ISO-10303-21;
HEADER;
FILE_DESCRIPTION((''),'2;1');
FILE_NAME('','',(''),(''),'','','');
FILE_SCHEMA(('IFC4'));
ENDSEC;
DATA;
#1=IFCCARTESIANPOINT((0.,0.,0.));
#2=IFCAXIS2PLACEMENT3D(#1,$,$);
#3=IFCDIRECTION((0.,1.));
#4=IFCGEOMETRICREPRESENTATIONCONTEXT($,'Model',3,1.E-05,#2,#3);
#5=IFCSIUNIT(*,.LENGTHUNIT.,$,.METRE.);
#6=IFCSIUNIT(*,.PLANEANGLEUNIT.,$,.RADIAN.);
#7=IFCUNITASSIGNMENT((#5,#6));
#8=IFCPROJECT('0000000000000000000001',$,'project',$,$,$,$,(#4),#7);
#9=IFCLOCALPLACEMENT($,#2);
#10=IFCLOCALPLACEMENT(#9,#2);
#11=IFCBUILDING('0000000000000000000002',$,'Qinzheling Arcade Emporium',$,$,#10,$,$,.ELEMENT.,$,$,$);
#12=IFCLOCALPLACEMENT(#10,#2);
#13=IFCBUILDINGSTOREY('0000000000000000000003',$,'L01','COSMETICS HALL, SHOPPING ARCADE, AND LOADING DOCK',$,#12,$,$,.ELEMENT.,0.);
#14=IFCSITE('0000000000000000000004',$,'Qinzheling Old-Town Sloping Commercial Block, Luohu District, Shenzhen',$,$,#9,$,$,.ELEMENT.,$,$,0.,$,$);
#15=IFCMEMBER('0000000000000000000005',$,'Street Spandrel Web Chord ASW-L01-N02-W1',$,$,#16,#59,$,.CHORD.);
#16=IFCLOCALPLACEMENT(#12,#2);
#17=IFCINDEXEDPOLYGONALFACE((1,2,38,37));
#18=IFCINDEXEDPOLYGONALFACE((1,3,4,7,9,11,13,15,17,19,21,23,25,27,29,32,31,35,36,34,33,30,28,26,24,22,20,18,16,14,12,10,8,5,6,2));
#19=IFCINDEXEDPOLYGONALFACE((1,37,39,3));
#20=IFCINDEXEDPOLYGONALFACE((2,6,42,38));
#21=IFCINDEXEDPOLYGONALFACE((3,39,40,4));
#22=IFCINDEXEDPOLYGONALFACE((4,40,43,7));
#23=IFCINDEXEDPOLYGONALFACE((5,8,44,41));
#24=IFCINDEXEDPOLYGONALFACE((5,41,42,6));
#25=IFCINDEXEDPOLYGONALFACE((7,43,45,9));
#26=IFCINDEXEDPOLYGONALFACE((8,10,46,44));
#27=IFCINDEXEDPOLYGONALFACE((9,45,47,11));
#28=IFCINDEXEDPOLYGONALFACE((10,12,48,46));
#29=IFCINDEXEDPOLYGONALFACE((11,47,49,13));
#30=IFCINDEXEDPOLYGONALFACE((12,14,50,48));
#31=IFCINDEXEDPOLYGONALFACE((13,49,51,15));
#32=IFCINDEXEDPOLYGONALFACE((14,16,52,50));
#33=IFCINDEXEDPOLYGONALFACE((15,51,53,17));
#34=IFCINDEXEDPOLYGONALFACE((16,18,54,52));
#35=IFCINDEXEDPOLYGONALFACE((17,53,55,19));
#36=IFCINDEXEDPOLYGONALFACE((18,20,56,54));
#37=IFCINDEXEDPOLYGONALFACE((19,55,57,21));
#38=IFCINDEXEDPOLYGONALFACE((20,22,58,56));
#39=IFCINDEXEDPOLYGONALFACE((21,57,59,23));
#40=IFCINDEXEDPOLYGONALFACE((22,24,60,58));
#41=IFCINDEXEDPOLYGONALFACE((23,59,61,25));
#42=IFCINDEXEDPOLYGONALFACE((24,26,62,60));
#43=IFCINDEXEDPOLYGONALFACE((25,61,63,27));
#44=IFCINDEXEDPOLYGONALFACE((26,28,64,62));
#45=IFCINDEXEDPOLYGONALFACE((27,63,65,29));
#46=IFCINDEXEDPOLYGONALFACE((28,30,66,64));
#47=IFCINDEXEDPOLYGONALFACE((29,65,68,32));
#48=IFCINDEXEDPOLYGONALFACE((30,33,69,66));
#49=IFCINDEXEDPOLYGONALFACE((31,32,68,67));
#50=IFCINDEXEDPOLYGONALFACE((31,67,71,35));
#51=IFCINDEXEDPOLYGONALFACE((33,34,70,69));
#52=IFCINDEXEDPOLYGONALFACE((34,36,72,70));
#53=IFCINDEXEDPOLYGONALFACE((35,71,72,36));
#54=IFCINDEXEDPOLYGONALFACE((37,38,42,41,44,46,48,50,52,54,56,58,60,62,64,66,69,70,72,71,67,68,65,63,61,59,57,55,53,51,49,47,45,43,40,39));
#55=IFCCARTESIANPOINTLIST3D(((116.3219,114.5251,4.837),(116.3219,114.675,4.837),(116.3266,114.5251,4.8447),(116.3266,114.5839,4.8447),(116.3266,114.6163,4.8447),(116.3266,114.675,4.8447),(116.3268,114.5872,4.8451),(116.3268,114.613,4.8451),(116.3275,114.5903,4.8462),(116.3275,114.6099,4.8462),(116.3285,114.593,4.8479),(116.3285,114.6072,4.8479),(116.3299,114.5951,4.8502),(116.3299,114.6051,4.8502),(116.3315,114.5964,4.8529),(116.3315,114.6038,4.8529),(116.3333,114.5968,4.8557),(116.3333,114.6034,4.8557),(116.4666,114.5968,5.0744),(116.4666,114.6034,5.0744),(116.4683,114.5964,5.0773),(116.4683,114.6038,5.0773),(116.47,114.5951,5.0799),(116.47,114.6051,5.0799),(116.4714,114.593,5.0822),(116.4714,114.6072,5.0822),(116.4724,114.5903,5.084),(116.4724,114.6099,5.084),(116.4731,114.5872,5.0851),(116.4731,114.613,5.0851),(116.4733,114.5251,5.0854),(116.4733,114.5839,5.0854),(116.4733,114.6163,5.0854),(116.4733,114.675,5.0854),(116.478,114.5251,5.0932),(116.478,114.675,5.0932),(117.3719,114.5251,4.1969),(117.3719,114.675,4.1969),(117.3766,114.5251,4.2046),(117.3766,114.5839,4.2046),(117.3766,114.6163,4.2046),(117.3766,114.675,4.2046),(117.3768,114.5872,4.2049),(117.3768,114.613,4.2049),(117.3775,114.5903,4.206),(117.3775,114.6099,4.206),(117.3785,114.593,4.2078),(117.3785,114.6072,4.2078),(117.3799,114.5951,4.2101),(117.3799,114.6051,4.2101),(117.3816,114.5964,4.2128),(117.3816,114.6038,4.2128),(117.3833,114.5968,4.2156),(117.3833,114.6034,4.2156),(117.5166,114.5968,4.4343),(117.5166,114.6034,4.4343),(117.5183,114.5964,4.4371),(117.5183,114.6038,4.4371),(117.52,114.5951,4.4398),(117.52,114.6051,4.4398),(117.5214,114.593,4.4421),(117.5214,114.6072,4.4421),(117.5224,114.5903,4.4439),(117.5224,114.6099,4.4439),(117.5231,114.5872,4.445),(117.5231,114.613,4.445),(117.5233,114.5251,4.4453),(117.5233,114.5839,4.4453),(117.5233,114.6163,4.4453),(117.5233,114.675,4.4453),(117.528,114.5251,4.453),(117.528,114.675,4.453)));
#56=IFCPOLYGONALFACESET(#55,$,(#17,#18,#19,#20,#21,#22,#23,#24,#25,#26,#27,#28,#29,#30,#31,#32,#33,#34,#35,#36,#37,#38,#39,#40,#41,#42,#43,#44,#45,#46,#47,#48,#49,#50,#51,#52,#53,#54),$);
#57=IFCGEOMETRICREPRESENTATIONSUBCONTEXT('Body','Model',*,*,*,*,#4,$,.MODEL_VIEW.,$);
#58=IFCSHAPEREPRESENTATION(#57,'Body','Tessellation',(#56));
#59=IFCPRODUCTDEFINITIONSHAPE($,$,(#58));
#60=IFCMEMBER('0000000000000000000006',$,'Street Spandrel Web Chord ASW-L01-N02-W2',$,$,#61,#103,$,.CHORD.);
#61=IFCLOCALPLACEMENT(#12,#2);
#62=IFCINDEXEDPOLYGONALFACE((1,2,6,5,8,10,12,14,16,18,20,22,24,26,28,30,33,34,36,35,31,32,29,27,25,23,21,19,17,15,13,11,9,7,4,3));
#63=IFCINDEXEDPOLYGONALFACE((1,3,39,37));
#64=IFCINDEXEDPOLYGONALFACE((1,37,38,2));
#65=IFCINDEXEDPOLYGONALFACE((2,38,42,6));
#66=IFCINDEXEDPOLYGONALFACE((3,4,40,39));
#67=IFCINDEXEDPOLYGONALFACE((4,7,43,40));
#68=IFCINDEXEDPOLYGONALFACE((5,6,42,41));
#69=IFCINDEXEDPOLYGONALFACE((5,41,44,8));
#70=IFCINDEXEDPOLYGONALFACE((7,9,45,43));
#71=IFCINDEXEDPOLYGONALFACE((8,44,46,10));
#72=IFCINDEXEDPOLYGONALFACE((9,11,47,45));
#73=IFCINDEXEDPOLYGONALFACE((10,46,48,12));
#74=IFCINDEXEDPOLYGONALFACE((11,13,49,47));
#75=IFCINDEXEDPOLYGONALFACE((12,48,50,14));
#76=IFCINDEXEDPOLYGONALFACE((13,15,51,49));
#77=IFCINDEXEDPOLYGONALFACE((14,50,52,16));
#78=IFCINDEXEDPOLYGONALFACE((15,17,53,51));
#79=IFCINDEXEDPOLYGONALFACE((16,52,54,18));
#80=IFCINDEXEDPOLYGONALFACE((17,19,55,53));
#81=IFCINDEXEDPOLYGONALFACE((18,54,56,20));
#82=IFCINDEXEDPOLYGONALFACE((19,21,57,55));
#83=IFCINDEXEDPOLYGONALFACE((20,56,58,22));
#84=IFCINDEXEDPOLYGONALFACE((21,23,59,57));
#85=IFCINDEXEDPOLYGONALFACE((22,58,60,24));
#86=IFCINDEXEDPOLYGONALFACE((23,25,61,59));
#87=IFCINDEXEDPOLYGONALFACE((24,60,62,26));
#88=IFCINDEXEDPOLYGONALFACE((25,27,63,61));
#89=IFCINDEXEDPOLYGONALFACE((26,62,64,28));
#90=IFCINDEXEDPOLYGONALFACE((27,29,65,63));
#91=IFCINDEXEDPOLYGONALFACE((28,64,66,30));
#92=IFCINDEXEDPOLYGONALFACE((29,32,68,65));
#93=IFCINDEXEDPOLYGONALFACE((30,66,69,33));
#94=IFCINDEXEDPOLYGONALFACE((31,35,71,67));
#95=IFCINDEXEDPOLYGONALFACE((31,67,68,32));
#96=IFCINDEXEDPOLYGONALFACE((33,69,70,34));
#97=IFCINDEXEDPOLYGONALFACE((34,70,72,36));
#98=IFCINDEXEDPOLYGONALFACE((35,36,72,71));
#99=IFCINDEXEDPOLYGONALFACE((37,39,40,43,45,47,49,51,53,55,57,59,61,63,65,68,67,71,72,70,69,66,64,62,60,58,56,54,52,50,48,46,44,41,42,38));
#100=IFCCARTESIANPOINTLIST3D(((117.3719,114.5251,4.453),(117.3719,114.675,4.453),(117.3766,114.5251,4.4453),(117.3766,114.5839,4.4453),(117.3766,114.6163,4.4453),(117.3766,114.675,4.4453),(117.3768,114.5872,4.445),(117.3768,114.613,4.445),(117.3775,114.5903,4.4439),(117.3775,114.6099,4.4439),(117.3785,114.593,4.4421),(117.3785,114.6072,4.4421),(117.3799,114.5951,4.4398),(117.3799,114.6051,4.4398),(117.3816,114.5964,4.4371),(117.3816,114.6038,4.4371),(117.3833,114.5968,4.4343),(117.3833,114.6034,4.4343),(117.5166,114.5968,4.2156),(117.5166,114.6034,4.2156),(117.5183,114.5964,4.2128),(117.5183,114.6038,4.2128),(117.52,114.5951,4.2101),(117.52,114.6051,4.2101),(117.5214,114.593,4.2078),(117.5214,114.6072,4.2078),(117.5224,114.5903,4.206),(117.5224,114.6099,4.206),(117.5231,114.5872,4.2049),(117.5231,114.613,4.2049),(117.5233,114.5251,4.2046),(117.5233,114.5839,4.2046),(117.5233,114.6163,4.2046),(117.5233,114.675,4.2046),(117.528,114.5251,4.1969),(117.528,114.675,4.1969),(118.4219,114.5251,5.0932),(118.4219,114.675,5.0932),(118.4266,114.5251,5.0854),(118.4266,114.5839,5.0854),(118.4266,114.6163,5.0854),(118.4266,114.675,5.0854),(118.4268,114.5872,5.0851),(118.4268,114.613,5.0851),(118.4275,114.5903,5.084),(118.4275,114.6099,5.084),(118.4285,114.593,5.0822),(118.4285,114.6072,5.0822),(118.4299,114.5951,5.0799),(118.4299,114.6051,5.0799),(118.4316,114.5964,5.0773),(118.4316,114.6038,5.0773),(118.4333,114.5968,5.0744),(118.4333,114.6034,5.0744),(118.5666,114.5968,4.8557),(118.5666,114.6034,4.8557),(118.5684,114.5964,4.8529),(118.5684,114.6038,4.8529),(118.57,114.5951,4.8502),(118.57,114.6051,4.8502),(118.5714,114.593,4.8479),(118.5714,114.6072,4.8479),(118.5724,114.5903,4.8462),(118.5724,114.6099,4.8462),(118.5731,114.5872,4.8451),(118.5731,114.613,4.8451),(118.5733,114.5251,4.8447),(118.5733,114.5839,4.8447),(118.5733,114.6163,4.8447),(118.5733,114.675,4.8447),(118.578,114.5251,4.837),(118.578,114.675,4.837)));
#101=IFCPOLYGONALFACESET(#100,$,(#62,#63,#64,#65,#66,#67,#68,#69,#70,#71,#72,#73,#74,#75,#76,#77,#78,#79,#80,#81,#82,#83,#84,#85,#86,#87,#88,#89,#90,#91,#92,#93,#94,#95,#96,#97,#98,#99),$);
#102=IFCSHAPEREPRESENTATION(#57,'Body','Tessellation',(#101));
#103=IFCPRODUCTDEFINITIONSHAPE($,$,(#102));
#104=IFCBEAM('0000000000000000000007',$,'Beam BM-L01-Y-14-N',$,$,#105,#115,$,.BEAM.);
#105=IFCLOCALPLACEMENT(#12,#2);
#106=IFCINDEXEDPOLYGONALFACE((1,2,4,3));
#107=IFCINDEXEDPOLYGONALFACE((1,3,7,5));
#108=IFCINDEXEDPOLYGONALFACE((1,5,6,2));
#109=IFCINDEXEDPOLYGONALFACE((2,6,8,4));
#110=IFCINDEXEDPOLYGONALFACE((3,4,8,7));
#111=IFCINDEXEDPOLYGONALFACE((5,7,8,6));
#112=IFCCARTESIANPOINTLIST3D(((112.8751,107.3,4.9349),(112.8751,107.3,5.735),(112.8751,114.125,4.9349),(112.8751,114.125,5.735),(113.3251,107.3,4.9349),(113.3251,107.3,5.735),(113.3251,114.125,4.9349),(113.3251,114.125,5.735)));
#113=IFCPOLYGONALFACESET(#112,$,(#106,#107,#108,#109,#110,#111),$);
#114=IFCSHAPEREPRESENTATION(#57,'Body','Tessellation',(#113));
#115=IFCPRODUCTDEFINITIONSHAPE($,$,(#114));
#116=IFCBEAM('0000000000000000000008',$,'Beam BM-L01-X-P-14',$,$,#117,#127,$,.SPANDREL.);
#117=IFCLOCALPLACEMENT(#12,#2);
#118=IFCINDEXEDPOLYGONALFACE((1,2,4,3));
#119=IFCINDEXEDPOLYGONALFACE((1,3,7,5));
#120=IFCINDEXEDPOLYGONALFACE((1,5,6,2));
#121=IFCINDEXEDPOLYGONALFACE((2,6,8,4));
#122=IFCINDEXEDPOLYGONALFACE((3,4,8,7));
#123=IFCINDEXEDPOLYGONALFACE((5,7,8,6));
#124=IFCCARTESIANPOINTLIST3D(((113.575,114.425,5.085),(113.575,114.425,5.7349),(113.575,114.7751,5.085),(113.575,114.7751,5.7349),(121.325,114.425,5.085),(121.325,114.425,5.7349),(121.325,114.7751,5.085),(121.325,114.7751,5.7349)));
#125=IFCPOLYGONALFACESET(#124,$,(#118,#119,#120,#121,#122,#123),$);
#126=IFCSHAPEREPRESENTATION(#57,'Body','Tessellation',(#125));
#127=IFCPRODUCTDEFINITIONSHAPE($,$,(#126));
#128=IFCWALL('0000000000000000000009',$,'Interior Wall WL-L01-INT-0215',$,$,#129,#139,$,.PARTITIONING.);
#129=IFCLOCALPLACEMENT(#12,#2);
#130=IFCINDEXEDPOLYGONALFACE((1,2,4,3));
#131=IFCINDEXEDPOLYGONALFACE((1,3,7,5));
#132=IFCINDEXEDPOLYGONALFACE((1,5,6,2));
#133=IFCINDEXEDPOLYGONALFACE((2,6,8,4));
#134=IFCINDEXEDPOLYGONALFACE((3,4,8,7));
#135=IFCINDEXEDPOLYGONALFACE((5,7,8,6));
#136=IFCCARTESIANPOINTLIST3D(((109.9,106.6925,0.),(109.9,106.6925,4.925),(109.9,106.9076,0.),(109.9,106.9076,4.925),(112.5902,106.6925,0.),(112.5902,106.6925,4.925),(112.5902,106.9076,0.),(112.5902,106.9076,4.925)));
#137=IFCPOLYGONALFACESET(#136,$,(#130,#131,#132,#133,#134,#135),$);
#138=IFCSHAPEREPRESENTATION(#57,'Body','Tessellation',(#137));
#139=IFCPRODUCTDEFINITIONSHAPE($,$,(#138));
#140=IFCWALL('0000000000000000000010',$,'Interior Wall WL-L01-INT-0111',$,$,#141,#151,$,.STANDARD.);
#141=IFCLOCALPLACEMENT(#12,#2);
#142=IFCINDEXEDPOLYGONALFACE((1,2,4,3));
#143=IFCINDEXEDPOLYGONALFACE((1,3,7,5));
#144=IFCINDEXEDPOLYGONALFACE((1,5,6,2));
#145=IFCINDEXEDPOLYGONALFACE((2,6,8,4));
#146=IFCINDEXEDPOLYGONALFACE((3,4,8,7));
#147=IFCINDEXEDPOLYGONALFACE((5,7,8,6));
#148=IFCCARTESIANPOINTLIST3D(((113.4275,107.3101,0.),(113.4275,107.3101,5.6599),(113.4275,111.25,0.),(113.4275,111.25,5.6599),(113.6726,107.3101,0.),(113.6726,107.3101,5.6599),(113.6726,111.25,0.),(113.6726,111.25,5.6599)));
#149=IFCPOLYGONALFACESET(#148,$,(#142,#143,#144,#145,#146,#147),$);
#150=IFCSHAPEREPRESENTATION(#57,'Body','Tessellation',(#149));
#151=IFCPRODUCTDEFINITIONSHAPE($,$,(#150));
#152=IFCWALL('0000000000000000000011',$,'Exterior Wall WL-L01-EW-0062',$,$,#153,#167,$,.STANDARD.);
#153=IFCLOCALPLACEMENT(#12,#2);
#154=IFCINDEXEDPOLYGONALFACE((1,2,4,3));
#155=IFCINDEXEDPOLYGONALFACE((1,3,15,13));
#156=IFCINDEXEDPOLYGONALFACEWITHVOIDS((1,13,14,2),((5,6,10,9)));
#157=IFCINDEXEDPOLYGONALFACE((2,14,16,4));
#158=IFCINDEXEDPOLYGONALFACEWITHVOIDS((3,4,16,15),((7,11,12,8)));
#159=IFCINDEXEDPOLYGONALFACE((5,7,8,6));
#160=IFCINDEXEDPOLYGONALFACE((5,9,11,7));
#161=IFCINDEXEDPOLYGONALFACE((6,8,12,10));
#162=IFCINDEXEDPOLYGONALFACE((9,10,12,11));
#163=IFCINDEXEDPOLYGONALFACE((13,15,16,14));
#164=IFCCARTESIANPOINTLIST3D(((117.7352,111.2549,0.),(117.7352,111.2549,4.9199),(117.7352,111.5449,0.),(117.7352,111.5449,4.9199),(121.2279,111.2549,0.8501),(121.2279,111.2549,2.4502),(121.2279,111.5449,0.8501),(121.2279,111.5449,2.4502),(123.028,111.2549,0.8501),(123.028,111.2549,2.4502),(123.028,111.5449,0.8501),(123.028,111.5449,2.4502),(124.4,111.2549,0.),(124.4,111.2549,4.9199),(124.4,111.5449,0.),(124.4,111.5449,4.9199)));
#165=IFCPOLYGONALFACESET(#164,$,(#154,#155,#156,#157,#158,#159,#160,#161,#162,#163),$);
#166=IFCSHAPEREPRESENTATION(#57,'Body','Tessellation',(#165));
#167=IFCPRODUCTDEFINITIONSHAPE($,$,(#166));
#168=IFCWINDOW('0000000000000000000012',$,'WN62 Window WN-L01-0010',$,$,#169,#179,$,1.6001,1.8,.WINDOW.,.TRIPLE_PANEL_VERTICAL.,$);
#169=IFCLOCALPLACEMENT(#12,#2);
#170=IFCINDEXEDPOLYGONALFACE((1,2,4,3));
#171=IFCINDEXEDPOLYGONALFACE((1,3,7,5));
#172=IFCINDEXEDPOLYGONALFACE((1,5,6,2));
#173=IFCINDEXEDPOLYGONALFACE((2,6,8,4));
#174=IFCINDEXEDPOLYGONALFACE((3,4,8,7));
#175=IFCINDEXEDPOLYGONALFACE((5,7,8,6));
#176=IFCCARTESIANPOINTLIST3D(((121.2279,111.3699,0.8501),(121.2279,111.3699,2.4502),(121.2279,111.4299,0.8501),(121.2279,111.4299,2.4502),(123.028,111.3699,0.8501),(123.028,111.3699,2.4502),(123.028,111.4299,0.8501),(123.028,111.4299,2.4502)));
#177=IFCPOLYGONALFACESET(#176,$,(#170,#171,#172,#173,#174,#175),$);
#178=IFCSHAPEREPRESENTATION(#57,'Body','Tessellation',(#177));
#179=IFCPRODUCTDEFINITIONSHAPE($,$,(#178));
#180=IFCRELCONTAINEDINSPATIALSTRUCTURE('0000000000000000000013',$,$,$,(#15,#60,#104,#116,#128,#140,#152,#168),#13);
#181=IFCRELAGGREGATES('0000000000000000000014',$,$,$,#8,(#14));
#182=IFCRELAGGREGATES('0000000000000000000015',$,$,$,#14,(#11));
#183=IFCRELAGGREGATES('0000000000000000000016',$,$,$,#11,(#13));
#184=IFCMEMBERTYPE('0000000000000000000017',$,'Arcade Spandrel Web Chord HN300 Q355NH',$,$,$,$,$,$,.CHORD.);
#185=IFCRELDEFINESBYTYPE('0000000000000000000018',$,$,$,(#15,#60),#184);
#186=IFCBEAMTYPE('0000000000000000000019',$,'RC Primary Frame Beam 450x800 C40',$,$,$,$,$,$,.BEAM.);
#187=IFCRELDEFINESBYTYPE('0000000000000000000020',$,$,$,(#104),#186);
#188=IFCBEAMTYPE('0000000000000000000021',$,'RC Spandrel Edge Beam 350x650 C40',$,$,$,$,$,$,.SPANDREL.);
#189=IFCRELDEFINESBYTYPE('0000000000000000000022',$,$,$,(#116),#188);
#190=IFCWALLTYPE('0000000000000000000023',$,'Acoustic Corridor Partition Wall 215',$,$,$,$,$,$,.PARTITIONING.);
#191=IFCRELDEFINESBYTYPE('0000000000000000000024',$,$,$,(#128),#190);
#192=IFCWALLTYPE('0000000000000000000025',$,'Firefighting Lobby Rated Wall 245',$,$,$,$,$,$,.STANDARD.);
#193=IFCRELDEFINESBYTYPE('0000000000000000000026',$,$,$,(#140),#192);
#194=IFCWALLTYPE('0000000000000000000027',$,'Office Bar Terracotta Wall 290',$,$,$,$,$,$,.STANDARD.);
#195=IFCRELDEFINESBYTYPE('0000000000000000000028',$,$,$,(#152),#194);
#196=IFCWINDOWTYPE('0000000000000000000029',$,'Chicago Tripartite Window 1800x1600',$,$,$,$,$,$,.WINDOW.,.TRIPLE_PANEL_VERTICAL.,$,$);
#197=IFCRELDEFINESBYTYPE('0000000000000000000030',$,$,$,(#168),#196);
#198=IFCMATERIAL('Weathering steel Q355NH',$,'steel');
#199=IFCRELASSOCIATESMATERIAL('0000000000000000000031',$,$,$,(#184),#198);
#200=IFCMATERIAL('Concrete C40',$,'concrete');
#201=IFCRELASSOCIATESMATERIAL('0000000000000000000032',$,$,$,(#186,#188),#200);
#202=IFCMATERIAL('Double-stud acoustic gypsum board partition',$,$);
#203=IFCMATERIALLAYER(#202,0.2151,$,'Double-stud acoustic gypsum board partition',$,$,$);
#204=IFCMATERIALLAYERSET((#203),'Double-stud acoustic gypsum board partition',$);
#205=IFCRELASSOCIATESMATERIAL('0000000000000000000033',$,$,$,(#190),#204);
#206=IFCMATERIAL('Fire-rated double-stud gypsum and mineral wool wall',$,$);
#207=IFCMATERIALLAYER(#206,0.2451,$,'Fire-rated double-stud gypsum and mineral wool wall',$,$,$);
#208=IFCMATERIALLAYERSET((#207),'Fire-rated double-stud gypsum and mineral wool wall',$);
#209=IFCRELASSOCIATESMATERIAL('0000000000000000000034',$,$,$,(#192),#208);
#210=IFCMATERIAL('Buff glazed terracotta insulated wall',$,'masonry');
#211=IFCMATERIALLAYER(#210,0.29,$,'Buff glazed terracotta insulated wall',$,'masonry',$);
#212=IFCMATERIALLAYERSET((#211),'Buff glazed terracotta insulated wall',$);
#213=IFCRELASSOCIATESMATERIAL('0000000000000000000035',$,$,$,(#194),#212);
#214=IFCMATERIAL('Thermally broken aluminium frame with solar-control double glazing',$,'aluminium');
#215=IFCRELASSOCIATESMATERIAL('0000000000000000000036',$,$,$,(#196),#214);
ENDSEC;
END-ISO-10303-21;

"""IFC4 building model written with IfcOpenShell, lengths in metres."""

from ifc_helpers import new_model, si_unit, direction, frame, frame_2d, origin, origin_2d, place, context, subcontext, project, spatial, rectangle, i_section, extrude, material, layer, layer_set, material_profile, profile_set, type_object, element, fill, save


model = new_model("IFC4")

# Units and contexts
model_context = context("Model", 3, precision=1e-05, world=origin(), true_north=direction((0.0, 1.0)))
body_context = subcontext(model_context, "Body", "Model", "MODEL_VIEW")
ifc_project = project(units=[si_unit("LENGTHUNIT", "METRE"), si_unit("PLANEANGLEUNIT", "RADIAN")], contexts=[model_context])

# Site, building, storey
site_placement = place(None, origin())
site = spatial("IfcSite", under=ifc_project, at=site_placement, Name="Qinzheling Old-Town Sloping Commercial Block, Luohu District, Shenzhen", CompositionType="ELEMENT", RefElevation=0.0)
building_placement = place(site_placement, origin())
building = spatial("IfcBuilding", under=site, at=building_placement, Name="Qinzheling Arcade Emporium", CompositionType="ELEMENT")
storey_placement = place(building_placement, origin())
storey = spatial("IfcBuildingStorey", under=building, at=storey_placement, Name="L01", Description="COSMETICS HALL, SHOPPING ARCADE, AND LOADING DOCK", CompositionType="ELEMENT", Elevation=0.0)

# Shared definitions
ifc_material_1 = material(Name="Weathering steel Q355NH", Category="steel")

# Members
ifc_material_profile_1 = material_profile(ifc_material_1, i_section(OverallWidth=0.1499, OverallDepth=0.3, WebThickness=0.0066, FlangeThickness=0.009, FilletRadius=0.0129, at=origin_2d()), Name="HN 300x150x6.5x9", Category="steel")
ifc_profile_set_1 = profile_set([ifc_material_profile_1], Name="Weathering steel Q355NH")
member_type = type_object("IfcMemberType", Name="Arcade Spandrel Web Chord HN300 Q355NH", PredefinedType="CHORD", material=ifc_profile_set_1)
for number, where, z_axis, x_axis, name in (
    (1, (117.45, 114.6001, 4.325), (-0.853846, 0.0, 0.520526), (0.0, -1.0, 0.0), "Street Spandrel Web Chord ASW-L01-N02-W1"),
    (2, (117.45, 114.6001, 4.325), (0.853846, 0.0, 0.520526), (0.0, 1.0, 0.0), "Street Spandrel Web Chord ASW-L01-N02-W2"),
):
    element("IfcMember", number, at=place(storey_placement, frame(where, z_axis=z_axis, x_axis=x_axis)), inside=storey, type_object=member_type, Name=name, PredefinedType="CHORD", context=body_context, shape_type="SweptSolid", body=[
        extrude(i_section(OverallWidth=0.1499, OverallDepth=0.3, WebThickness=0.0066, FlangeThickness=0.009, FilletRadius=0.0129, at=origin_2d()), origin(), (0.0, 0.0, 1.0), 1.2297),
    ])

# Beams
ifc_material_2 = material(Name="Concrete C40", Category="concrete")
ifc_material_profile_2 = material_profile(ifc_material_2, rectangle(XDim=0.45, YDim=0.8, at=origin_2d()), Name="RC 450x800", Category="concrete")
ifc_profile_set_2 = profile_set([ifc_material_profile_2], Name="Concrete C40")
beam_type_1 = type_object("IfcBeamType", Name="RC Primary Frame Beam 450x800 C40", PredefinedType="BEAM", material=ifc_profile_set_2)
beam_1_placement = place(storey_placement, frame((113.1001, 107.3, 5.335), z_axis=(0.0, 1.0, 0.0), x_axis=(-1.0, 0.0, 0.0)))
element("IfcBeam", 3, at=beam_1_placement, inside=storey, type_object=beam_type_1, Name="Beam BM-L01-Y-14-N", PredefinedType="BEAM", context=body_context, shape_type="SweptSolid", body=[
    extrude(rectangle(XDim=0.45, YDim=0.8, at=origin_2d()), origin(), (0.0, 0.0, 1.0), 6.825),
])
ifc_material_profile_3 = material_profile(ifc_material_2, rectangle(XDim=0.3501, YDim=0.6499, at=origin_2d()), Name="RC 350x650", Category="concrete")
ifc_profile_set_3 = profile_set([ifc_material_profile_3], Name="Concrete C40")
beam_type_2 = type_object("IfcBeamType", Name="RC Spandrel Edge Beam 350x650 C40", PredefinedType="SPANDREL", material=ifc_profile_set_3)
beam_2_placement = place(storey_placement, frame((113.575, 114.6001, 5.4099), z_axis=(1.0, 0.0, 0.0), x_axis=(0.0, 1.0, 0.0)))
element("IfcBeam", 4, at=beam_2_placement, inside=storey, type_object=beam_type_2, Name="Beam BM-L01-X-P-14", PredefinedType="SPANDREL", context=body_context, shape_type="SweptSolid", body=[
    extrude(rectangle(XDim=0.3501, YDim=0.6499, at=origin_2d()), origin(), (0.0, 0.0, 1.0), 7.75),
])

# Walls
ifc_material_3 = material(Name="Double-stud acoustic gypsum board partition")
ifc_layer_1 = layer(ifc_material_3, 0.2151, Name="Double-stud acoustic gypsum board partition")
ifc_layer_set_1 = layer_set([ifc_layer_1], Name="Double-stud acoustic gypsum board partition")
wall_type_1 = type_object("IfcWallType", Name="Acoustic Corridor Partition Wall 215", PredefinedType="PARTITIONING", material=ifc_layer_set_1)
wall_1_placement = place(storey_placement, frame((109.8999, 106.8, 0.0), z_axis=(0.0, 0.0, 1.0), x_axis=(1.0, 0.0, 0.0)))
element("IfcWall", 5, at=wall_1_placement, inside=storey, type_object=wall_type_1, Name="Interior Wall WL-L01-INT-0215", PredefinedType="PARTITIONING", context=body_context, shape_type="SweptSolid", body=[
    extrude(rectangle(XDim=2.6902, YDim=0.2151, at=frame_2d((1.3452, 0.0))), origin(), (0.0, 0.0, 1.0), 4.925),
])
ifc_material_4 = material(Name="Fire-rated double-stud gypsum and mineral wool wall")
ifc_layer_2 = layer(ifc_material_4, 0.2451, Name="Fire-rated double-stud gypsum and mineral wool wall")
ifc_layer_set_2 = layer_set([ifc_layer_2], Name="Fire-rated double-stud gypsum and mineral wool wall")
wall_type_2 = type_object("IfcWallType", Name="Firefighting Lobby Rated Wall 245", PredefinedType="STANDARD", material=ifc_layer_set_2)
wall_2_placement = place(storey_placement, frame((113.55, 107.3101, 0.0), z_axis=(0.0, 0.0, 1.0), x_axis=(0.0, 1.0, 0.0)))
element("IfcWall", 6, at=wall_2_placement, inside=storey, type_object=wall_type_2, Name="Interior Wall WL-L01-INT-0111", PredefinedType="STANDARD", context=body_context, shape_type="SweptSolid", body=[
    extrude(rectangle(XDim=3.9399, YDim=0.2451, at=frame_2d((1.97, 0.0))), origin(), (0.0, 0.0, 1.0), 5.6599),
])

# Shared definitions
ifc_material_5 = material(Name="Buff glazed terracotta insulated wall", Category="masonry")
ifc_layer_3 = layer(ifc_material_5, 0.29, Name="Buff glazed terracotta insulated wall", Category="masonry")
ifc_layer_set_3 = layer_set([ifc_layer_3], Name="Buff glazed terracotta insulated wall")
wall_type_3 = type_object("IfcWallType", Name="Office Bar Terracotta Wall 290", PredefinedType="STANDARD", material=ifc_layer_set_3)

# Wall, opening, window
wall_3_placement = place(storey_placement, frame((117.7351, 111.3999, 0.0), z_axis=(0.0, 0.0, 1.0), x_axis=(1.0, 0.0, 0.0)))
wall_3 = element("IfcWall", 7, at=wall_3_placement, inside=storey, type_object=wall_type_3, Name="Exterior Wall WL-L01-EW-0062", PredefinedType="STANDARD", context=body_context, shape_type="SweptSolid", body=[
    extrude(rectangle(XDim=6.6648, YDim=0.29, at=frame_2d((3.3325, 0.0))), origin(), (0.0, 0.0, 1.0), 4.9199),
])
opening_1_placement = place(wall_3_placement, frame((3.4929, 0.0, 0.8501)))
opening_1 = element("IfcOpeningElement", 8, at=opening_1_placement, cuts=wall_3, PredefinedType="OPENING", context=body_context, shape_type="SweptSolid", body=[
    extrude(rectangle(XDim=1.8, YDim=1.6001, at=frame_2d((0.8999, 0.8))), frame((0.0, 0.155, 0.0), z_axis=(0.0, -1.0, 0.0), x_axis=(1.0, 0.0, 0.0)), (0.0, 0.0, 1.0), 0.3101),
])
ifc_material_6 = material(Name="Thermally broken aluminium frame with solar-control double glazing", Category="aluminium")
window_type = type_object("IfcWindowType", Name="Chicago Tripartite Window 1800x1600", PartitioningType="TRIPLE_PANEL_VERTICAL", PredefinedType="WINDOW", material=ifc_material_6)
window_placement = place(opening_1_placement, origin())
window = element("IfcWindow", 9, at=window_placement, inside=storey, type_object=window_type, Name="WN62 Window WN-L01-0010", OverallHeight=1.6001, OverallWidth=1.8, PartitioningType="TRIPLE_PANEL_VERTICAL", PredefinedType="WINDOW", context=body_context, shape_type="SweptSolid", body=[
    extrude(rectangle(XDim=1.8, YDim=1.6001, at=frame_2d((0.8999, 0.8))), frame((0.0, 0.03, 0.0), z_axis=(0.0, -1.0, 0.0), x_axis=(1.0, 0.0, 0.0)), (0.0, 0.0, 1.0), 0.0601),
])
fill(opening_1, window)

save(model, "model.ifc")
